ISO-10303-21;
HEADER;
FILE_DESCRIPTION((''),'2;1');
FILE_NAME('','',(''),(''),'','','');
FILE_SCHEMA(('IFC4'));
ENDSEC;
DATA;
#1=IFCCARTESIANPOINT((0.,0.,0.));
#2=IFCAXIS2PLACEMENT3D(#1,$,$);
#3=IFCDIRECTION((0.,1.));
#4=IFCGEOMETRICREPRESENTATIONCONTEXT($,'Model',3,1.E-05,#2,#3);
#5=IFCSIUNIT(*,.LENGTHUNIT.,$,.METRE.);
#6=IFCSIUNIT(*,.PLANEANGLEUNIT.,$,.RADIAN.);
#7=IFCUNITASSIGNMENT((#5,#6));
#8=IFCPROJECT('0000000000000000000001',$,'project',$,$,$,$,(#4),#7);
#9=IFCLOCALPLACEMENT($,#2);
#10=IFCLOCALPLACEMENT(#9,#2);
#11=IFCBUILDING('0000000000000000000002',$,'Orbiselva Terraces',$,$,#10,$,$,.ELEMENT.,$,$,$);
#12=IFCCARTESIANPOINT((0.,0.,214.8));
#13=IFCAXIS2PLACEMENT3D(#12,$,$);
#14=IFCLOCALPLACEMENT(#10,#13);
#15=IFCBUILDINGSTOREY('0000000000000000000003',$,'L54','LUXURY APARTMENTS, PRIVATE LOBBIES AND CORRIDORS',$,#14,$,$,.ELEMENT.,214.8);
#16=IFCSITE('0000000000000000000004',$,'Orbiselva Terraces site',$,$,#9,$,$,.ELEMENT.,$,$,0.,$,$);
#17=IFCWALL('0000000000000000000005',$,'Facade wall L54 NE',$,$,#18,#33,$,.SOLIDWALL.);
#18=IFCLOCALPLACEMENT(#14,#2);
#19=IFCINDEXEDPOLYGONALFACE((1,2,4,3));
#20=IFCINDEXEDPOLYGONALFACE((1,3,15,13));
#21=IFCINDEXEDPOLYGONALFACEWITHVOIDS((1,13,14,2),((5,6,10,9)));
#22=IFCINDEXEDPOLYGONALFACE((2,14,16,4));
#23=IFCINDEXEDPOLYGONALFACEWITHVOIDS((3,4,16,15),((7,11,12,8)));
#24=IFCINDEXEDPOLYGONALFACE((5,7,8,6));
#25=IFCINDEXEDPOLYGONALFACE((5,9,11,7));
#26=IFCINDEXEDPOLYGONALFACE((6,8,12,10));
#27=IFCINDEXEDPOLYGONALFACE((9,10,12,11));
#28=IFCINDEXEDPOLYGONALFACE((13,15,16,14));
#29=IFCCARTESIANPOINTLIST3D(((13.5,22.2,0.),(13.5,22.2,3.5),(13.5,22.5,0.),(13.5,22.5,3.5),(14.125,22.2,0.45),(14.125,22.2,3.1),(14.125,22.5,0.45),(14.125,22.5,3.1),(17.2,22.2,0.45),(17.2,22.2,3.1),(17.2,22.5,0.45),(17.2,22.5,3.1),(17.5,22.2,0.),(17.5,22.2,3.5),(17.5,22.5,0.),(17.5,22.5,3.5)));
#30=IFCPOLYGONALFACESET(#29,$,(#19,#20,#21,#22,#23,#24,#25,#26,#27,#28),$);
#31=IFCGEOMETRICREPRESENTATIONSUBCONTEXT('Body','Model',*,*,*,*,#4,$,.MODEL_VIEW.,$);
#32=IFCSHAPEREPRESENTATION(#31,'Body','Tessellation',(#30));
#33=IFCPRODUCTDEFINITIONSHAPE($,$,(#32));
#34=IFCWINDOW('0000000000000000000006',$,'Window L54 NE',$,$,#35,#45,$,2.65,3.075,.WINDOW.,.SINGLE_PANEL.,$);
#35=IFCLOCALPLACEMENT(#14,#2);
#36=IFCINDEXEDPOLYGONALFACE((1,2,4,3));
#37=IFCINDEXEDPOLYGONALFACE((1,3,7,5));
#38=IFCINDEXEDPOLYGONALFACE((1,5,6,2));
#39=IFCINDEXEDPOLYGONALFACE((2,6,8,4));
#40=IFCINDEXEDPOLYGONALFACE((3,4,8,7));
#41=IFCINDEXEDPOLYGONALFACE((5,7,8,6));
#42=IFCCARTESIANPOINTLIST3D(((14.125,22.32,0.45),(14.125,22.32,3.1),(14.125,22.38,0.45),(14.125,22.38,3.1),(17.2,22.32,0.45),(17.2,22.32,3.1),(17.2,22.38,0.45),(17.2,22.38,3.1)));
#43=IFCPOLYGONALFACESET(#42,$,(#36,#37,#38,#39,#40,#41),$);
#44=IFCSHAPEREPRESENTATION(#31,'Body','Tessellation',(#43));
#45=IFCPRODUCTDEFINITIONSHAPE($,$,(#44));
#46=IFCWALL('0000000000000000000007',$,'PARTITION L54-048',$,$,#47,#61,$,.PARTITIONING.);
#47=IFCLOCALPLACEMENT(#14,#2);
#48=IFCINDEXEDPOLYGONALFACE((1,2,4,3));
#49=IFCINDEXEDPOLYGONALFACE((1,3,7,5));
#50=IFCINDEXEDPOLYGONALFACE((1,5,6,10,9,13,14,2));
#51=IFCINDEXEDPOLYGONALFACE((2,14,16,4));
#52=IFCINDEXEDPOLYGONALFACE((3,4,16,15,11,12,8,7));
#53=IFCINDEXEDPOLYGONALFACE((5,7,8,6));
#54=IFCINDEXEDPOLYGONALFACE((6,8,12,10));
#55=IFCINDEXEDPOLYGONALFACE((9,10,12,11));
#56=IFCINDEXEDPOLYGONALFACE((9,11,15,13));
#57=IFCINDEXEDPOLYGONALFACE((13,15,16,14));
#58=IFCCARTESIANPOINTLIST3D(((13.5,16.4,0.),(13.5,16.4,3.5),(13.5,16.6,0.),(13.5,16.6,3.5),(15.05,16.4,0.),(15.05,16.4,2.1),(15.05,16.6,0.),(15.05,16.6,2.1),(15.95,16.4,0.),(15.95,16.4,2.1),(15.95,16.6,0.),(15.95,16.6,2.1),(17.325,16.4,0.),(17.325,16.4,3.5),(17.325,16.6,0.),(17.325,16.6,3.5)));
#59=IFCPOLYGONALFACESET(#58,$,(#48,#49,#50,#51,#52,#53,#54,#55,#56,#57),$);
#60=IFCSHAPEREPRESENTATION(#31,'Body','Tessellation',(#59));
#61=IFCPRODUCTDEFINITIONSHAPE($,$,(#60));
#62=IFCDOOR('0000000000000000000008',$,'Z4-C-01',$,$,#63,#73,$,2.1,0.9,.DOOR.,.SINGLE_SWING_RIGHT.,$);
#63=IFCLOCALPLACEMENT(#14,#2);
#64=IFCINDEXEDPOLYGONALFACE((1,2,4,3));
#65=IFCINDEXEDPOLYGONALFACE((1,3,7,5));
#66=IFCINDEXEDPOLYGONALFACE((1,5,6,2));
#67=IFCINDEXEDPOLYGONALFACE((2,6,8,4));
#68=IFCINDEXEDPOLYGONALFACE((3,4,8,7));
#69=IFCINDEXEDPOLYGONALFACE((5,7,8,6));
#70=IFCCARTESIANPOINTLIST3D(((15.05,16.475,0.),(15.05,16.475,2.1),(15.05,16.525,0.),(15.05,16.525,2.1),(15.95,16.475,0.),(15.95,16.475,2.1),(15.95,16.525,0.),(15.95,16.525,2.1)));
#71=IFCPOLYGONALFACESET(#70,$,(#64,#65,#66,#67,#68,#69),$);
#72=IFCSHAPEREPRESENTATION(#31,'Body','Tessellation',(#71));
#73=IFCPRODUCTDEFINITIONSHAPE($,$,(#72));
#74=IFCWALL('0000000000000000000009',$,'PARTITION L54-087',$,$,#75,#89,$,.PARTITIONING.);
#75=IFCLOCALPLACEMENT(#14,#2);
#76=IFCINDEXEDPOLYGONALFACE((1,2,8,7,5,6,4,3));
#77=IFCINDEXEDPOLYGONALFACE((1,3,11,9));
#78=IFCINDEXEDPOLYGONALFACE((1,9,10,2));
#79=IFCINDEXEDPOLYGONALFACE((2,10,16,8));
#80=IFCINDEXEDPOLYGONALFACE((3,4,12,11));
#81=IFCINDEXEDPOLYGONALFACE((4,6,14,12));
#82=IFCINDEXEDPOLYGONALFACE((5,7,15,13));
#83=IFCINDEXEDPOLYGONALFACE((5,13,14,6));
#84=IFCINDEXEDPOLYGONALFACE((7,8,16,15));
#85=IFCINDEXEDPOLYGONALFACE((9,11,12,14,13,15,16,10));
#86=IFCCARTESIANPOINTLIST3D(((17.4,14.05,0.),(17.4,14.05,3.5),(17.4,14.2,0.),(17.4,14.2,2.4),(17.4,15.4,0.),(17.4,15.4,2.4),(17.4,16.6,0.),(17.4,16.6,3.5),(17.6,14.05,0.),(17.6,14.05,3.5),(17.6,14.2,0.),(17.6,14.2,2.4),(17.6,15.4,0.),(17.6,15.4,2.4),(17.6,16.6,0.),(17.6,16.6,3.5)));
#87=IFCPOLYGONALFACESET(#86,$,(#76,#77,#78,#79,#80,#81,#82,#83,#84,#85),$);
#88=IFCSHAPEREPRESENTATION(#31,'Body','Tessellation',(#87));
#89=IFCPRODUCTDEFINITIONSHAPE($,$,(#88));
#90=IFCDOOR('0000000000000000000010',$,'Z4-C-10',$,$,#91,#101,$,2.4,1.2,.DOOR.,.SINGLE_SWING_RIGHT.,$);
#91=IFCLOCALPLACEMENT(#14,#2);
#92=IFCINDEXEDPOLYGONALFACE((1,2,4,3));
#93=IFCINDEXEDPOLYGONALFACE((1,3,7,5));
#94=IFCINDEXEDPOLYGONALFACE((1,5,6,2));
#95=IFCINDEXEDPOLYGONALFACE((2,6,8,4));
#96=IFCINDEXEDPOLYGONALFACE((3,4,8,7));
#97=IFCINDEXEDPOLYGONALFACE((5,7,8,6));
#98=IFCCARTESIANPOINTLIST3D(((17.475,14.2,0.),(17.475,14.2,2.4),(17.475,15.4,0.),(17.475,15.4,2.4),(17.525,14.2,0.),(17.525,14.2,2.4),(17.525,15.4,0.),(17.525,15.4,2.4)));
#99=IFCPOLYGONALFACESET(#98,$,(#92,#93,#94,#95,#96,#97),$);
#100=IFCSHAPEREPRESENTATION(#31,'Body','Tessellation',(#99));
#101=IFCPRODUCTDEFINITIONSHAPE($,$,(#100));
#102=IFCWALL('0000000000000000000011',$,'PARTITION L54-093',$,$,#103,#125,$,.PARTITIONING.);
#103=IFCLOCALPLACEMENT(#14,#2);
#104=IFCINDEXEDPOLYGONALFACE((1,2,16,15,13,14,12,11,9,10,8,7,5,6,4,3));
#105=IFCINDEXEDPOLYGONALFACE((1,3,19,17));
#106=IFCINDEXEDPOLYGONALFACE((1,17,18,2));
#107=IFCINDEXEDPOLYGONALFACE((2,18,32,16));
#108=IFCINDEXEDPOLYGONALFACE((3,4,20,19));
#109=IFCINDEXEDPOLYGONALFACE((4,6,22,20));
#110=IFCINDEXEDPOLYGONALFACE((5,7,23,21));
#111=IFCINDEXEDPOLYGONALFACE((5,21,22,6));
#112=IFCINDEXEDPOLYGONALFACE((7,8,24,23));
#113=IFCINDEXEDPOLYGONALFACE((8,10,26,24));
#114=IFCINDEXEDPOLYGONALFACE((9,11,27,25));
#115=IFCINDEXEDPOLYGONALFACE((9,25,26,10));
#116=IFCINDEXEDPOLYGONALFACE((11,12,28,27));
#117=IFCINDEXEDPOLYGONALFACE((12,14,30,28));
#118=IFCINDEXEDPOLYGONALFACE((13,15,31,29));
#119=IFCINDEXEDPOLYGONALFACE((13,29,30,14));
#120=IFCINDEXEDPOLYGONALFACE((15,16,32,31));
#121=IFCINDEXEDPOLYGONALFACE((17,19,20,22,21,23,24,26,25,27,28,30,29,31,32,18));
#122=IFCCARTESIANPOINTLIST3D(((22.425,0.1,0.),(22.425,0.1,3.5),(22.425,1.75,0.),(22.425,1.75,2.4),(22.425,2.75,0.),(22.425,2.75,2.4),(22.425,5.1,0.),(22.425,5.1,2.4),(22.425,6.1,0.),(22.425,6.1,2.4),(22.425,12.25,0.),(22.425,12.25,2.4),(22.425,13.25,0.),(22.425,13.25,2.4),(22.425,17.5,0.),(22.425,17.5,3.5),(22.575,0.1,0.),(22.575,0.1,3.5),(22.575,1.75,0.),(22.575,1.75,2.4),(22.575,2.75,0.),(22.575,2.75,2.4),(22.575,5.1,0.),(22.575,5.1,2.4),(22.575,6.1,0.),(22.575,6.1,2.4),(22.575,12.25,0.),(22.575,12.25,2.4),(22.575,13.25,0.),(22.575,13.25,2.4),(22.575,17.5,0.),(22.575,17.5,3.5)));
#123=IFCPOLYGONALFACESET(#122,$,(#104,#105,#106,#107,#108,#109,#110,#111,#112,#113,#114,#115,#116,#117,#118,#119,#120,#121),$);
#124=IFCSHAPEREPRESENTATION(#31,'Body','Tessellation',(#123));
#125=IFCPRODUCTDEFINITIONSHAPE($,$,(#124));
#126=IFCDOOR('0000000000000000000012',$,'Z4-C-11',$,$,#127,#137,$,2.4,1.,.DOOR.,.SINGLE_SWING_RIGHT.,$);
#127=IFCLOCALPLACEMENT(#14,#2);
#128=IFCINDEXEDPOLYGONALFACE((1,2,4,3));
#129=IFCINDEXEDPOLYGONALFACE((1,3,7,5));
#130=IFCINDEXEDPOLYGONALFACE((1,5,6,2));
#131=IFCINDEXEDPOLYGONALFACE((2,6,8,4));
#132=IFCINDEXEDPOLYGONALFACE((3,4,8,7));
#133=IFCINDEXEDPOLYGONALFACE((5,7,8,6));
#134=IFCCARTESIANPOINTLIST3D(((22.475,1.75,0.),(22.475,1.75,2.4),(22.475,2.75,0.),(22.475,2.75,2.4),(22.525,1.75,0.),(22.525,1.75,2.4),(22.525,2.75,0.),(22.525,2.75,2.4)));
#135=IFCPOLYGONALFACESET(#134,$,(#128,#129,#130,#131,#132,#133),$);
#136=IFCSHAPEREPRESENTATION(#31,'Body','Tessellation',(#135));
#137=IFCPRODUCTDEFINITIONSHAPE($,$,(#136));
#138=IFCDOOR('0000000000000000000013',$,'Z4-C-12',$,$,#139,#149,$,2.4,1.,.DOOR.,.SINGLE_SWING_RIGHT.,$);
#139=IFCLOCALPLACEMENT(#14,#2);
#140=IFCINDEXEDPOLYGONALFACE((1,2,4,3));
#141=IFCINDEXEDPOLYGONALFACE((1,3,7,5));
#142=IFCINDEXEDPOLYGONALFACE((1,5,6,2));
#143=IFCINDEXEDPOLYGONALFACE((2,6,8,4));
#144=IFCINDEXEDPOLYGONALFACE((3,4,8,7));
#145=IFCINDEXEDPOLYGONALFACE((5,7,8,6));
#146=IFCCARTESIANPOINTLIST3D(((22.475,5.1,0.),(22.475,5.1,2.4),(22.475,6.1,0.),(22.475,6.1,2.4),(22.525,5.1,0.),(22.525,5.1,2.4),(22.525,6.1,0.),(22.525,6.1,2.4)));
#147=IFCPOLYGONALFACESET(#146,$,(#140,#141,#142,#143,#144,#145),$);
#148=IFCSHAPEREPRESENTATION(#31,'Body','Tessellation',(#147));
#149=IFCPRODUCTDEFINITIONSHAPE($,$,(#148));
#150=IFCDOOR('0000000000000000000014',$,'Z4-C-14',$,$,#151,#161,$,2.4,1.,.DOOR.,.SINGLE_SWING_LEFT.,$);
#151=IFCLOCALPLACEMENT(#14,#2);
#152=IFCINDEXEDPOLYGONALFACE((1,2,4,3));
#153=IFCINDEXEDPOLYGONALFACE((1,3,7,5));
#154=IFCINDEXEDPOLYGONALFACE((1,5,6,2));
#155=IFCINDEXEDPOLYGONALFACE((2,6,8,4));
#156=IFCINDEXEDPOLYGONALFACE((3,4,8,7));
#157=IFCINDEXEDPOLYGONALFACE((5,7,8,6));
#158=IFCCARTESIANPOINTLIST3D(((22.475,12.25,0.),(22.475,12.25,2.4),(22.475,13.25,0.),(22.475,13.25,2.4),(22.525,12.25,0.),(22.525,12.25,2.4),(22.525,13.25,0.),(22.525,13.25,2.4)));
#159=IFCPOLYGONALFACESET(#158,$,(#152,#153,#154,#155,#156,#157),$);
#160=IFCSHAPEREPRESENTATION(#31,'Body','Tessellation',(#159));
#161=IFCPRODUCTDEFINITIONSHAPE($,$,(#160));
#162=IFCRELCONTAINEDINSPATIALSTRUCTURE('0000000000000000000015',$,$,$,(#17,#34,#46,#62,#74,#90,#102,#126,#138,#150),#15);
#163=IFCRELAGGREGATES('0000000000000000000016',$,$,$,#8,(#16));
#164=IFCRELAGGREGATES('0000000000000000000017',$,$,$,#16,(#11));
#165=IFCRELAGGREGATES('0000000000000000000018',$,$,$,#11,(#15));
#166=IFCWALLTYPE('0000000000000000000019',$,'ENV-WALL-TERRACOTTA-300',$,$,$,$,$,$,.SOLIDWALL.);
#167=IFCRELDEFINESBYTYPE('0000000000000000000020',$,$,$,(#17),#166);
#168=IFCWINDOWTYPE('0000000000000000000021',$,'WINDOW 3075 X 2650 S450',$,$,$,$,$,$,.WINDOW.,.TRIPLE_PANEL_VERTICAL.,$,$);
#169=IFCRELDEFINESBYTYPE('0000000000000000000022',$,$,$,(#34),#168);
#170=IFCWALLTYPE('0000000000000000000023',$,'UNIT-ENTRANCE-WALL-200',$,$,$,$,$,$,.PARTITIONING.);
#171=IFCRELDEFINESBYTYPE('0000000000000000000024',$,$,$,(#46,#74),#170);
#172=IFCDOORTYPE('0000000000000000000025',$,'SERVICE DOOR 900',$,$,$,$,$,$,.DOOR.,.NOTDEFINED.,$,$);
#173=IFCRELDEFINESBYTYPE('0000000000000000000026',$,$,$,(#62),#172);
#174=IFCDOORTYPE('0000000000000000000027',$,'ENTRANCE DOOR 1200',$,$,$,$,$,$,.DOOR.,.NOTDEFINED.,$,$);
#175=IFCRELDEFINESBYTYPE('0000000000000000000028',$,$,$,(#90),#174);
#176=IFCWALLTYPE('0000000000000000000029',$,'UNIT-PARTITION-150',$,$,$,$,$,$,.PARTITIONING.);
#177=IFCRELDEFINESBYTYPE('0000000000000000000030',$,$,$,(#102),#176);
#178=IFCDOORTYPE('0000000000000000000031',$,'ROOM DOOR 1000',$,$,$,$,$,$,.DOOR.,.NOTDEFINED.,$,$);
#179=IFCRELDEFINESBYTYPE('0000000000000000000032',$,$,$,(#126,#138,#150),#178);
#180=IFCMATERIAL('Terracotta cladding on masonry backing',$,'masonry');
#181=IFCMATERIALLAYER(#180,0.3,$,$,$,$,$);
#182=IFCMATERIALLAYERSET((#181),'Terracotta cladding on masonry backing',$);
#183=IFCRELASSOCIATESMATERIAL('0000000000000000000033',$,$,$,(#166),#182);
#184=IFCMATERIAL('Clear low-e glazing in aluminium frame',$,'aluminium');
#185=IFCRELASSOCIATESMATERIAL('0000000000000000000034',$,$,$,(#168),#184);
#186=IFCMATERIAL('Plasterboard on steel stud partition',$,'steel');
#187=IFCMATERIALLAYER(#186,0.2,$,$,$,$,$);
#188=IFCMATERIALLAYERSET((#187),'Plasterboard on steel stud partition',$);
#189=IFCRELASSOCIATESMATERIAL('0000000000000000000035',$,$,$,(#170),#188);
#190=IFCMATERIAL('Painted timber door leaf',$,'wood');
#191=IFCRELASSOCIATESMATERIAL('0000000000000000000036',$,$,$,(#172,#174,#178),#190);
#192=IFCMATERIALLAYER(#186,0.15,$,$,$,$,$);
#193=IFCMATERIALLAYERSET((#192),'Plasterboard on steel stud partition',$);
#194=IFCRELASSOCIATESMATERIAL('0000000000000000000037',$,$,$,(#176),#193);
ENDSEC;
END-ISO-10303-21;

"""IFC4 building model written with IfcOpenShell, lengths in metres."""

from ifc_helpers import new_model, si_unit, direction, frame, frame_2d, origin, place, context, subcontext, project, spatial, rectangle, extrude, material, layer, layer_set, type_object, element, fill, save


model = new_model("IFC4")

# Units and contexts
model_context = context("Model", 3, precision=1e-05, world=origin(), true_north=direction((0.0, 1.0)))
body_context = subcontext(model_context, "Body", "Model", "MODEL_VIEW")
ifc_project = project(units=[si_unit("LENGTHUNIT", "METRE"), si_unit("PLANEANGLEUNIT", "RADIAN")], contexts=[model_context])

# Site, building, storey
site_placement = place(None, origin())
site = spatial("IfcSite", under=ifc_project, at=site_placement, Name="Orbiselva Terraces site", CompositionType="ELEMENT", RefElevation=0.0)
building_placement = place(site_placement, origin())
building = spatial("IfcBuilding", under=site, at=building_placement, Name="Orbiselva Terraces", CompositionType="ELEMENT")
storey_placement = place(building_placement, frame((0.0, 0.0, 214.8)))
storey = spatial("IfcBuildingStorey", under=building, at=storey_placement, Name="L54", Description="LUXURY APARTMENTS, PRIVATE LOBBIES AND CORRIDORS", CompositionType="ELEMENT", Elevation=214.8)

# Shared definitions
ifc_material_1 = material(Name="Terracotta cladding on masonry backing", Category="masonry")
ifc_layer_1 = layer(ifc_material_1, 0.3)
ifc_layer_set_1 = layer_set([ifc_layer_1], Name="Terracotta cladding on masonry backing")
wall_type_1 = type_object("IfcWallType", Name="ENV-WALL-TERRACOTTA-300", PredefinedType="SOLIDWALL", material=ifc_layer_set_1)
ifc_material_2 = material(Name="Clear low-e glazing in aluminium frame", Category="aluminium")

# Wall, opening, window
wall_1_placement = place(storey_placement, frame((13.5, 22.35, 0.0), z_axis=(0.0, 0.0, 1.0), x_axis=(1.0, 0.0, 0.0)))
wall_1 = element("IfcWall", 1, at=wall_1_placement, inside=storey, type_object=wall_type_1, Name="Facade wall L54 NE", PredefinedType="SOLIDWALL", context=body_context, shape_type="SweptSolid", body=[
    extrude(rectangle(XDim=4.0, YDim=0.3, at=frame_2d((2.0, 0.0))), origin(), (0.0, 0.0, 1.0), 3.5),
])
opening_1_placement = place(wall_1_placement, frame((0.625, 0.0, 0.45)))
opening_1 = element("IfcOpeningElement", 2, at=opening_1_placement, cuts=wall_1, PredefinedType="OPENING", context=body_context, shape_type="SweptSolid", body=[
    extrude(rectangle(XDim=3.075, YDim=2.65, at=frame_2d((1.5375, 1.325))), frame((0.0, 0.16, 0.0), z_axis=(0.0, -1.0, 0.0), x_axis=(1.0, 0.0, 0.0)), (0.0, 0.0, 1.0), 0.32),
])
window_type = type_object("IfcWindowType", Name="WINDOW 3075 X 2650 S450", PartitioningType="TRIPLE_PANEL_VERTICAL", PredefinedType="WINDOW", material=ifc_material_2)
window_placement = place(opening_1_placement, origin())
window = element("IfcWindow", 3, at=window_placement, inside=storey, type_object=window_type, Name="Window L54 NE", OverallHeight=2.65, OverallWidth=3.075, PartitioningType="SINGLE_PANEL", PredefinedType="WINDOW", context=body_context, shape_type="SweptSolid", body=[
    extrude(rectangle(XDim=3.075, YDim=2.65, at=frame_2d((1.5375, 1.325))), frame((0.0, 0.03, 0.0), z_axis=(0.0, -1.0, 0.0), x_axis=(1.0, 0.0, 0.0)), (0.0, 0.0, 1.0), 0.06),
])
fill(opening_1, window)

# Walls, openings, doors
ifc_material_3 = material(Name="Plasterboard on steel stud partition", Category="steel")
ifc_layer_2 = layer(ifc_material_3, 0.2)
ifc_layer_set_2 = layer_set([ifc_layer_2], Name="Plasterboard on steel stud partition")
wall_type_2 = type_object("IfcWallType", Name="UNIT-ENTRANCE-WALL-200", PredefinedType="PARTITIONING", material=ifc_layer_set_2)
wall_2_placement = place(storey_placement, frame((13.5, 16.5, 0.0), z_axis=(0.0, 0.0, 1.0), x_axis=(1.0, 0.0, 0.0)))
wall_2 = element("IfcWall", 4, at=wall_2_placement, inside=storey, type_object=wall_type_2, Name="PARTITION L54-048", PredefinedType="PARTITIONING", context=body_context, shape_type="SweptSolid", body=[
    extrude(rectangle(XDim=3.825, YDim=0.2, at=frame_2d((1.9125, 0.0))), origin(), (0.0, 0.0, 1.0), 3.5),
])
opening_2_placement = place(wall_2_placement, frame((1.55, 0.0, 0.0)))
opening_2 = element("IfcOpeningElement", 5, at=opening_2_placement, cuts=wall_2, PredefinedType="OPENING", context=body_context, shape_type="SweptSolid", body=[
    extrude(rectangle(XDim=0.9, YDim=2.1, at=frame_2d((0.45, 1.05))), frame((0.0, 0.11, 0.0), z_axis=(0.0, -1.0, 0.0), x_axis=(1.0, 0.0, 0.0)), (0.0, 0.0, 1.0), 0.22),
])
ifc_material_4 = material(Name="Painted timber door leaf", Category="wood")
door_type_1 = type_object("IfcDoorType", Name="SERVICE DOOR 900", OperationType="NOTDEFINED", PredefinedType="DOOR", material=ifc_material_4)
door_1_placement = place(opening_2_placement, origin())
door_1 = element("IfcDoor", 6, at=door_1_placement, inside=storey, type_object=door_type_1, Name="Z4-C-01", OperationType="SINGLE_SWING_RIGHT", OverallHeight=2.1, OverallWidth=0.9, PredefinedType="DOOR", context=body_context, shape_type="SweptSolid", body=[
    extrude(rectangle(XDim=0.9, YDim=2.1, at=frame_2d((0.45, 1.05))), frame((0.0, 0.025, 0.0), z_axis=(0.0, -1.0, 0.0), x_axis=(1.0, 0.0, 0.0)), (0.0, 0.0, 1.0), 0.05),
])
fill(opening_2, door_1)
wall_3_placement = place(storey_placement, frame((17.5, 16.6, 0.0), z_axis=(0.0, 0.0, 1.0), x_axis=(0.0, -1.0, 0.0)))
wall_3 = element("IfcWall", 7, at=wall_3_placement, inside=storey, type_object=wall_type_2, Name="PARTITION L54-087", PredefinedType="PARTITIONING", context=body_context, shape_type="SweptSolid", body=[
    extrude(rectangle(XDim=2.55, YDim=0.2, at=frame_2d((1.275, 0.0))), origin(), (0.0, 0.0, 1.0), 3.5),
])
opening_3_placement = place(wall_3_placement, frame((1.2, 0.0, 0.0)))
opening_3 = element("IfcOpeningElement", 8, at=opening_3_placement, cuts=wall_3, PredefinedType="OPENING", context=body_context, shape_type="SweptSolid", body=[
    extrude(rectangle(XDim=1.2, YDim=2.4, at=frame_2d((0.6, 1.2))), frame((0.0, 0.11, 0.0), z_axis=(0.0, -1.0, 0.0), x_axis=(1.0, 0.0, 0.0)), (0.0, 0.0, 1.0), 0.22),
])
door_type_2 = type_object("IfcDoorType", Name="ENTRANCE DOOR 1200", OperationType="NOTDEFINED", PredefinedType="DOOR", material=ifc_material_4)
door_2_placement = place(opening_3_placement, origin())
door_2 = element("IfcDoor", 9, at=door_2_placement, inside=storey, type_object=door_type_2, Name="Z4-C-10", OperationType="SINGLE_SWING_RIGHT", OverallHeight=2.4, OverallWidth=1.2, PredefinedType="DOOR", context=body_context, shape_type="SweptSolid", body=[
    extrude(rectangle(XDim=1.2, YDim=2.4, at=frame_2d((0.6, 1.2))), frame((0.0, 0.025, 0.0), z_axis=(0.0, -1.0, 0.0), x_axis=(1.0, 0.0, 0.0)), (0.0, 0.0, 1.0), 0.05),
])
fill(opening_3, door_2)

# Wall, openings, doors
ifc_layer_3 = layer(ifc_material_3, 0.15)
ifc_layer_set_3 = layer_set([ifc_layer_3], Name="Plasterboard on steel stud partition")
wall_type_3 = type_object("IfcWallType", Name="UNIT-PARTITION-150", PredefinedType="PARTITIONING", material=ifc_layer_set_3)
wall_4_placement = place(storey_placement, frame((22.5, 17.5, 0.0), z_axis=(0.0, 0.0, 1.0), x_axis=(0.0, -1.0, 0.0)))
wall_4 = element("IfcWall", 10, at=wall_4_placement, inside=storey, type_object=wall_type_3, Name="PARTITION L54-093", PredefinedType="PARTITIONING", context=body_context, shape_type="SweptSolid", body=[
    extrude(rectangle(XDim=17.4, YDim=0.15, at=frame_2d((8.7, 0.0))), origin(), (0.0, 0.0, 1.0), 3.5),
])
opening_4_placement = place(wall_4_placement, frame((14.75, 0.0, 0.0)))
opening_4 = element("IfcOpeningElement", 11, at=opening_4_placement, cuts=wall_4, PredefinedType="OPENING", context=body_context, shape_type="SweptSolid", body=[
    extrude(rectangle(XDim=1.0, YDim=2.4, at=frame_2d((0.5, 1.2))), frame((0.0, 0.085, 0.0), z_axis=(0.0, -1.0, 0.0), x_axis=(1.0, 0.0, 0.0)), (0.0, 0.0, 1.0), 0.17),
])
opening_5_placement = place(wall_4_placement, frame((11.4, 0.0, 0.0)))
opening_5 = element("IfcOpeningElement", 12, at=opening_5_placement, cuts=wall_4, PredefinedType="OPENING", context=body_context, shape_type="SweptSolid", body=[
    extrude(rectangle(XDim=1.0, YDim=2.4, at=frame_2d((0.5, 1.2))), frame((0.0, 0.085, 0.0), z_axis=(0.0, -1.0, 0.0), x_axis=(1.0, 0.0, 0.0)), (0.0, 0.0, 1.0), 0.17),
])
opening_6_placement = place(wall_4_placement, frame((4.25, 0.0, 0.0)))
opening_6 = element("IfcOpeningElement", 13, at=opening_6_placement, cuts=wall_4, PredefinedType="OPENING", context=body_context, shape_type="SweptSolid", body=[
    extrude(rectangle(XDim=1.0, YDim=2.4, at=frame_2d((0.5, 1.2))), frame((0.0, 0.085, 0.0), z_axis=(0.0, -1.0, 0.0), x_axis=(1.0, 0.0, 0.0)), (0.0, 0.0, 1.0), 0.17),
])
door_type_3 = type_object("IfcDoorType", Name="ROOM DOOR 1000", OperationType="NOTDEFINED", PredefinedType="DOOR", material=ifc_material_4)
door_3_placement = place(opening_4_placement, origin())
door_3 = element("IfcDoor", 14, at=door_3_placement, inside=storey, type_object=door_type_3, Name="Z4-C-11", OperationType="SINGLE_SWING_RIGHT", OverallHeight=2.4, OverallWidth=1.0, PredefinedType="DOOR", context=body_context, shape_type="SweptSolid", body=[
    extrude(rectangle(XDim=1.0, YDim=2.4, at=frame_2d((0.5, 1.2))), frame((0.0, 0.025, 0.0), z_axis=(0.0, -1.0, 0.0), x_axis=(1.0, 0.0, 0.0)), (0.0, 0.0, 1.0), 0.05),
])
fill(opening_4, door_3)
door_4_placement = place(opening_5_placement, origin())
door_4 = element("IfcDoor", 15, at=door_4_placement, inside=storey, type_object=door_type_3, Name="Z4-C-12", OperationType="SINGLE_SWING_RIGHT", OverallHeight=2.4, OverallWidth=1.0, PredefinedType="DOOR", context=body_context, shape_type="SweptSolid", body=[
    extrude(rectangle(XDim=1.0, YDim=2.4, at=frame_2d((0.5, 1.2))), frame((0.0, 0.025, 0.0), z_axis=(0.0, -1.0, 0.0), x_axis=(1.0, 0.0, 0.0)), (0.0, 0.0, 1.0), 0.05),
])
fill(opening_5, door_4)
door_5_placement = place(opening_6_placement, origin())
door_5 = element("IfcDoor", 16, at=door_5_placement, inside=storey, type_object=door_type_3, Name="Z4-C-14", OperationType="SINGLE_SWING_LEFT", OverallHeight=2.4, OverallWidth=1.0, PredefinedType="DOOR", context=body_context, shape_type="SweptSolid", body=[
    extrude(rectangle(XDim=1.0, YDim=2.4, at=frame_2d((0.5, 1.2))), frame((0.0, 0.025, 0.0), z_axis=(0.0, -1.0, 0.0), x_axis=(1.0, 0.0, 0.0)), (0.0, 0.0, 1.0), 0.05),
])
fill(opening_6, door_5)

save(model, "model.ifc")
